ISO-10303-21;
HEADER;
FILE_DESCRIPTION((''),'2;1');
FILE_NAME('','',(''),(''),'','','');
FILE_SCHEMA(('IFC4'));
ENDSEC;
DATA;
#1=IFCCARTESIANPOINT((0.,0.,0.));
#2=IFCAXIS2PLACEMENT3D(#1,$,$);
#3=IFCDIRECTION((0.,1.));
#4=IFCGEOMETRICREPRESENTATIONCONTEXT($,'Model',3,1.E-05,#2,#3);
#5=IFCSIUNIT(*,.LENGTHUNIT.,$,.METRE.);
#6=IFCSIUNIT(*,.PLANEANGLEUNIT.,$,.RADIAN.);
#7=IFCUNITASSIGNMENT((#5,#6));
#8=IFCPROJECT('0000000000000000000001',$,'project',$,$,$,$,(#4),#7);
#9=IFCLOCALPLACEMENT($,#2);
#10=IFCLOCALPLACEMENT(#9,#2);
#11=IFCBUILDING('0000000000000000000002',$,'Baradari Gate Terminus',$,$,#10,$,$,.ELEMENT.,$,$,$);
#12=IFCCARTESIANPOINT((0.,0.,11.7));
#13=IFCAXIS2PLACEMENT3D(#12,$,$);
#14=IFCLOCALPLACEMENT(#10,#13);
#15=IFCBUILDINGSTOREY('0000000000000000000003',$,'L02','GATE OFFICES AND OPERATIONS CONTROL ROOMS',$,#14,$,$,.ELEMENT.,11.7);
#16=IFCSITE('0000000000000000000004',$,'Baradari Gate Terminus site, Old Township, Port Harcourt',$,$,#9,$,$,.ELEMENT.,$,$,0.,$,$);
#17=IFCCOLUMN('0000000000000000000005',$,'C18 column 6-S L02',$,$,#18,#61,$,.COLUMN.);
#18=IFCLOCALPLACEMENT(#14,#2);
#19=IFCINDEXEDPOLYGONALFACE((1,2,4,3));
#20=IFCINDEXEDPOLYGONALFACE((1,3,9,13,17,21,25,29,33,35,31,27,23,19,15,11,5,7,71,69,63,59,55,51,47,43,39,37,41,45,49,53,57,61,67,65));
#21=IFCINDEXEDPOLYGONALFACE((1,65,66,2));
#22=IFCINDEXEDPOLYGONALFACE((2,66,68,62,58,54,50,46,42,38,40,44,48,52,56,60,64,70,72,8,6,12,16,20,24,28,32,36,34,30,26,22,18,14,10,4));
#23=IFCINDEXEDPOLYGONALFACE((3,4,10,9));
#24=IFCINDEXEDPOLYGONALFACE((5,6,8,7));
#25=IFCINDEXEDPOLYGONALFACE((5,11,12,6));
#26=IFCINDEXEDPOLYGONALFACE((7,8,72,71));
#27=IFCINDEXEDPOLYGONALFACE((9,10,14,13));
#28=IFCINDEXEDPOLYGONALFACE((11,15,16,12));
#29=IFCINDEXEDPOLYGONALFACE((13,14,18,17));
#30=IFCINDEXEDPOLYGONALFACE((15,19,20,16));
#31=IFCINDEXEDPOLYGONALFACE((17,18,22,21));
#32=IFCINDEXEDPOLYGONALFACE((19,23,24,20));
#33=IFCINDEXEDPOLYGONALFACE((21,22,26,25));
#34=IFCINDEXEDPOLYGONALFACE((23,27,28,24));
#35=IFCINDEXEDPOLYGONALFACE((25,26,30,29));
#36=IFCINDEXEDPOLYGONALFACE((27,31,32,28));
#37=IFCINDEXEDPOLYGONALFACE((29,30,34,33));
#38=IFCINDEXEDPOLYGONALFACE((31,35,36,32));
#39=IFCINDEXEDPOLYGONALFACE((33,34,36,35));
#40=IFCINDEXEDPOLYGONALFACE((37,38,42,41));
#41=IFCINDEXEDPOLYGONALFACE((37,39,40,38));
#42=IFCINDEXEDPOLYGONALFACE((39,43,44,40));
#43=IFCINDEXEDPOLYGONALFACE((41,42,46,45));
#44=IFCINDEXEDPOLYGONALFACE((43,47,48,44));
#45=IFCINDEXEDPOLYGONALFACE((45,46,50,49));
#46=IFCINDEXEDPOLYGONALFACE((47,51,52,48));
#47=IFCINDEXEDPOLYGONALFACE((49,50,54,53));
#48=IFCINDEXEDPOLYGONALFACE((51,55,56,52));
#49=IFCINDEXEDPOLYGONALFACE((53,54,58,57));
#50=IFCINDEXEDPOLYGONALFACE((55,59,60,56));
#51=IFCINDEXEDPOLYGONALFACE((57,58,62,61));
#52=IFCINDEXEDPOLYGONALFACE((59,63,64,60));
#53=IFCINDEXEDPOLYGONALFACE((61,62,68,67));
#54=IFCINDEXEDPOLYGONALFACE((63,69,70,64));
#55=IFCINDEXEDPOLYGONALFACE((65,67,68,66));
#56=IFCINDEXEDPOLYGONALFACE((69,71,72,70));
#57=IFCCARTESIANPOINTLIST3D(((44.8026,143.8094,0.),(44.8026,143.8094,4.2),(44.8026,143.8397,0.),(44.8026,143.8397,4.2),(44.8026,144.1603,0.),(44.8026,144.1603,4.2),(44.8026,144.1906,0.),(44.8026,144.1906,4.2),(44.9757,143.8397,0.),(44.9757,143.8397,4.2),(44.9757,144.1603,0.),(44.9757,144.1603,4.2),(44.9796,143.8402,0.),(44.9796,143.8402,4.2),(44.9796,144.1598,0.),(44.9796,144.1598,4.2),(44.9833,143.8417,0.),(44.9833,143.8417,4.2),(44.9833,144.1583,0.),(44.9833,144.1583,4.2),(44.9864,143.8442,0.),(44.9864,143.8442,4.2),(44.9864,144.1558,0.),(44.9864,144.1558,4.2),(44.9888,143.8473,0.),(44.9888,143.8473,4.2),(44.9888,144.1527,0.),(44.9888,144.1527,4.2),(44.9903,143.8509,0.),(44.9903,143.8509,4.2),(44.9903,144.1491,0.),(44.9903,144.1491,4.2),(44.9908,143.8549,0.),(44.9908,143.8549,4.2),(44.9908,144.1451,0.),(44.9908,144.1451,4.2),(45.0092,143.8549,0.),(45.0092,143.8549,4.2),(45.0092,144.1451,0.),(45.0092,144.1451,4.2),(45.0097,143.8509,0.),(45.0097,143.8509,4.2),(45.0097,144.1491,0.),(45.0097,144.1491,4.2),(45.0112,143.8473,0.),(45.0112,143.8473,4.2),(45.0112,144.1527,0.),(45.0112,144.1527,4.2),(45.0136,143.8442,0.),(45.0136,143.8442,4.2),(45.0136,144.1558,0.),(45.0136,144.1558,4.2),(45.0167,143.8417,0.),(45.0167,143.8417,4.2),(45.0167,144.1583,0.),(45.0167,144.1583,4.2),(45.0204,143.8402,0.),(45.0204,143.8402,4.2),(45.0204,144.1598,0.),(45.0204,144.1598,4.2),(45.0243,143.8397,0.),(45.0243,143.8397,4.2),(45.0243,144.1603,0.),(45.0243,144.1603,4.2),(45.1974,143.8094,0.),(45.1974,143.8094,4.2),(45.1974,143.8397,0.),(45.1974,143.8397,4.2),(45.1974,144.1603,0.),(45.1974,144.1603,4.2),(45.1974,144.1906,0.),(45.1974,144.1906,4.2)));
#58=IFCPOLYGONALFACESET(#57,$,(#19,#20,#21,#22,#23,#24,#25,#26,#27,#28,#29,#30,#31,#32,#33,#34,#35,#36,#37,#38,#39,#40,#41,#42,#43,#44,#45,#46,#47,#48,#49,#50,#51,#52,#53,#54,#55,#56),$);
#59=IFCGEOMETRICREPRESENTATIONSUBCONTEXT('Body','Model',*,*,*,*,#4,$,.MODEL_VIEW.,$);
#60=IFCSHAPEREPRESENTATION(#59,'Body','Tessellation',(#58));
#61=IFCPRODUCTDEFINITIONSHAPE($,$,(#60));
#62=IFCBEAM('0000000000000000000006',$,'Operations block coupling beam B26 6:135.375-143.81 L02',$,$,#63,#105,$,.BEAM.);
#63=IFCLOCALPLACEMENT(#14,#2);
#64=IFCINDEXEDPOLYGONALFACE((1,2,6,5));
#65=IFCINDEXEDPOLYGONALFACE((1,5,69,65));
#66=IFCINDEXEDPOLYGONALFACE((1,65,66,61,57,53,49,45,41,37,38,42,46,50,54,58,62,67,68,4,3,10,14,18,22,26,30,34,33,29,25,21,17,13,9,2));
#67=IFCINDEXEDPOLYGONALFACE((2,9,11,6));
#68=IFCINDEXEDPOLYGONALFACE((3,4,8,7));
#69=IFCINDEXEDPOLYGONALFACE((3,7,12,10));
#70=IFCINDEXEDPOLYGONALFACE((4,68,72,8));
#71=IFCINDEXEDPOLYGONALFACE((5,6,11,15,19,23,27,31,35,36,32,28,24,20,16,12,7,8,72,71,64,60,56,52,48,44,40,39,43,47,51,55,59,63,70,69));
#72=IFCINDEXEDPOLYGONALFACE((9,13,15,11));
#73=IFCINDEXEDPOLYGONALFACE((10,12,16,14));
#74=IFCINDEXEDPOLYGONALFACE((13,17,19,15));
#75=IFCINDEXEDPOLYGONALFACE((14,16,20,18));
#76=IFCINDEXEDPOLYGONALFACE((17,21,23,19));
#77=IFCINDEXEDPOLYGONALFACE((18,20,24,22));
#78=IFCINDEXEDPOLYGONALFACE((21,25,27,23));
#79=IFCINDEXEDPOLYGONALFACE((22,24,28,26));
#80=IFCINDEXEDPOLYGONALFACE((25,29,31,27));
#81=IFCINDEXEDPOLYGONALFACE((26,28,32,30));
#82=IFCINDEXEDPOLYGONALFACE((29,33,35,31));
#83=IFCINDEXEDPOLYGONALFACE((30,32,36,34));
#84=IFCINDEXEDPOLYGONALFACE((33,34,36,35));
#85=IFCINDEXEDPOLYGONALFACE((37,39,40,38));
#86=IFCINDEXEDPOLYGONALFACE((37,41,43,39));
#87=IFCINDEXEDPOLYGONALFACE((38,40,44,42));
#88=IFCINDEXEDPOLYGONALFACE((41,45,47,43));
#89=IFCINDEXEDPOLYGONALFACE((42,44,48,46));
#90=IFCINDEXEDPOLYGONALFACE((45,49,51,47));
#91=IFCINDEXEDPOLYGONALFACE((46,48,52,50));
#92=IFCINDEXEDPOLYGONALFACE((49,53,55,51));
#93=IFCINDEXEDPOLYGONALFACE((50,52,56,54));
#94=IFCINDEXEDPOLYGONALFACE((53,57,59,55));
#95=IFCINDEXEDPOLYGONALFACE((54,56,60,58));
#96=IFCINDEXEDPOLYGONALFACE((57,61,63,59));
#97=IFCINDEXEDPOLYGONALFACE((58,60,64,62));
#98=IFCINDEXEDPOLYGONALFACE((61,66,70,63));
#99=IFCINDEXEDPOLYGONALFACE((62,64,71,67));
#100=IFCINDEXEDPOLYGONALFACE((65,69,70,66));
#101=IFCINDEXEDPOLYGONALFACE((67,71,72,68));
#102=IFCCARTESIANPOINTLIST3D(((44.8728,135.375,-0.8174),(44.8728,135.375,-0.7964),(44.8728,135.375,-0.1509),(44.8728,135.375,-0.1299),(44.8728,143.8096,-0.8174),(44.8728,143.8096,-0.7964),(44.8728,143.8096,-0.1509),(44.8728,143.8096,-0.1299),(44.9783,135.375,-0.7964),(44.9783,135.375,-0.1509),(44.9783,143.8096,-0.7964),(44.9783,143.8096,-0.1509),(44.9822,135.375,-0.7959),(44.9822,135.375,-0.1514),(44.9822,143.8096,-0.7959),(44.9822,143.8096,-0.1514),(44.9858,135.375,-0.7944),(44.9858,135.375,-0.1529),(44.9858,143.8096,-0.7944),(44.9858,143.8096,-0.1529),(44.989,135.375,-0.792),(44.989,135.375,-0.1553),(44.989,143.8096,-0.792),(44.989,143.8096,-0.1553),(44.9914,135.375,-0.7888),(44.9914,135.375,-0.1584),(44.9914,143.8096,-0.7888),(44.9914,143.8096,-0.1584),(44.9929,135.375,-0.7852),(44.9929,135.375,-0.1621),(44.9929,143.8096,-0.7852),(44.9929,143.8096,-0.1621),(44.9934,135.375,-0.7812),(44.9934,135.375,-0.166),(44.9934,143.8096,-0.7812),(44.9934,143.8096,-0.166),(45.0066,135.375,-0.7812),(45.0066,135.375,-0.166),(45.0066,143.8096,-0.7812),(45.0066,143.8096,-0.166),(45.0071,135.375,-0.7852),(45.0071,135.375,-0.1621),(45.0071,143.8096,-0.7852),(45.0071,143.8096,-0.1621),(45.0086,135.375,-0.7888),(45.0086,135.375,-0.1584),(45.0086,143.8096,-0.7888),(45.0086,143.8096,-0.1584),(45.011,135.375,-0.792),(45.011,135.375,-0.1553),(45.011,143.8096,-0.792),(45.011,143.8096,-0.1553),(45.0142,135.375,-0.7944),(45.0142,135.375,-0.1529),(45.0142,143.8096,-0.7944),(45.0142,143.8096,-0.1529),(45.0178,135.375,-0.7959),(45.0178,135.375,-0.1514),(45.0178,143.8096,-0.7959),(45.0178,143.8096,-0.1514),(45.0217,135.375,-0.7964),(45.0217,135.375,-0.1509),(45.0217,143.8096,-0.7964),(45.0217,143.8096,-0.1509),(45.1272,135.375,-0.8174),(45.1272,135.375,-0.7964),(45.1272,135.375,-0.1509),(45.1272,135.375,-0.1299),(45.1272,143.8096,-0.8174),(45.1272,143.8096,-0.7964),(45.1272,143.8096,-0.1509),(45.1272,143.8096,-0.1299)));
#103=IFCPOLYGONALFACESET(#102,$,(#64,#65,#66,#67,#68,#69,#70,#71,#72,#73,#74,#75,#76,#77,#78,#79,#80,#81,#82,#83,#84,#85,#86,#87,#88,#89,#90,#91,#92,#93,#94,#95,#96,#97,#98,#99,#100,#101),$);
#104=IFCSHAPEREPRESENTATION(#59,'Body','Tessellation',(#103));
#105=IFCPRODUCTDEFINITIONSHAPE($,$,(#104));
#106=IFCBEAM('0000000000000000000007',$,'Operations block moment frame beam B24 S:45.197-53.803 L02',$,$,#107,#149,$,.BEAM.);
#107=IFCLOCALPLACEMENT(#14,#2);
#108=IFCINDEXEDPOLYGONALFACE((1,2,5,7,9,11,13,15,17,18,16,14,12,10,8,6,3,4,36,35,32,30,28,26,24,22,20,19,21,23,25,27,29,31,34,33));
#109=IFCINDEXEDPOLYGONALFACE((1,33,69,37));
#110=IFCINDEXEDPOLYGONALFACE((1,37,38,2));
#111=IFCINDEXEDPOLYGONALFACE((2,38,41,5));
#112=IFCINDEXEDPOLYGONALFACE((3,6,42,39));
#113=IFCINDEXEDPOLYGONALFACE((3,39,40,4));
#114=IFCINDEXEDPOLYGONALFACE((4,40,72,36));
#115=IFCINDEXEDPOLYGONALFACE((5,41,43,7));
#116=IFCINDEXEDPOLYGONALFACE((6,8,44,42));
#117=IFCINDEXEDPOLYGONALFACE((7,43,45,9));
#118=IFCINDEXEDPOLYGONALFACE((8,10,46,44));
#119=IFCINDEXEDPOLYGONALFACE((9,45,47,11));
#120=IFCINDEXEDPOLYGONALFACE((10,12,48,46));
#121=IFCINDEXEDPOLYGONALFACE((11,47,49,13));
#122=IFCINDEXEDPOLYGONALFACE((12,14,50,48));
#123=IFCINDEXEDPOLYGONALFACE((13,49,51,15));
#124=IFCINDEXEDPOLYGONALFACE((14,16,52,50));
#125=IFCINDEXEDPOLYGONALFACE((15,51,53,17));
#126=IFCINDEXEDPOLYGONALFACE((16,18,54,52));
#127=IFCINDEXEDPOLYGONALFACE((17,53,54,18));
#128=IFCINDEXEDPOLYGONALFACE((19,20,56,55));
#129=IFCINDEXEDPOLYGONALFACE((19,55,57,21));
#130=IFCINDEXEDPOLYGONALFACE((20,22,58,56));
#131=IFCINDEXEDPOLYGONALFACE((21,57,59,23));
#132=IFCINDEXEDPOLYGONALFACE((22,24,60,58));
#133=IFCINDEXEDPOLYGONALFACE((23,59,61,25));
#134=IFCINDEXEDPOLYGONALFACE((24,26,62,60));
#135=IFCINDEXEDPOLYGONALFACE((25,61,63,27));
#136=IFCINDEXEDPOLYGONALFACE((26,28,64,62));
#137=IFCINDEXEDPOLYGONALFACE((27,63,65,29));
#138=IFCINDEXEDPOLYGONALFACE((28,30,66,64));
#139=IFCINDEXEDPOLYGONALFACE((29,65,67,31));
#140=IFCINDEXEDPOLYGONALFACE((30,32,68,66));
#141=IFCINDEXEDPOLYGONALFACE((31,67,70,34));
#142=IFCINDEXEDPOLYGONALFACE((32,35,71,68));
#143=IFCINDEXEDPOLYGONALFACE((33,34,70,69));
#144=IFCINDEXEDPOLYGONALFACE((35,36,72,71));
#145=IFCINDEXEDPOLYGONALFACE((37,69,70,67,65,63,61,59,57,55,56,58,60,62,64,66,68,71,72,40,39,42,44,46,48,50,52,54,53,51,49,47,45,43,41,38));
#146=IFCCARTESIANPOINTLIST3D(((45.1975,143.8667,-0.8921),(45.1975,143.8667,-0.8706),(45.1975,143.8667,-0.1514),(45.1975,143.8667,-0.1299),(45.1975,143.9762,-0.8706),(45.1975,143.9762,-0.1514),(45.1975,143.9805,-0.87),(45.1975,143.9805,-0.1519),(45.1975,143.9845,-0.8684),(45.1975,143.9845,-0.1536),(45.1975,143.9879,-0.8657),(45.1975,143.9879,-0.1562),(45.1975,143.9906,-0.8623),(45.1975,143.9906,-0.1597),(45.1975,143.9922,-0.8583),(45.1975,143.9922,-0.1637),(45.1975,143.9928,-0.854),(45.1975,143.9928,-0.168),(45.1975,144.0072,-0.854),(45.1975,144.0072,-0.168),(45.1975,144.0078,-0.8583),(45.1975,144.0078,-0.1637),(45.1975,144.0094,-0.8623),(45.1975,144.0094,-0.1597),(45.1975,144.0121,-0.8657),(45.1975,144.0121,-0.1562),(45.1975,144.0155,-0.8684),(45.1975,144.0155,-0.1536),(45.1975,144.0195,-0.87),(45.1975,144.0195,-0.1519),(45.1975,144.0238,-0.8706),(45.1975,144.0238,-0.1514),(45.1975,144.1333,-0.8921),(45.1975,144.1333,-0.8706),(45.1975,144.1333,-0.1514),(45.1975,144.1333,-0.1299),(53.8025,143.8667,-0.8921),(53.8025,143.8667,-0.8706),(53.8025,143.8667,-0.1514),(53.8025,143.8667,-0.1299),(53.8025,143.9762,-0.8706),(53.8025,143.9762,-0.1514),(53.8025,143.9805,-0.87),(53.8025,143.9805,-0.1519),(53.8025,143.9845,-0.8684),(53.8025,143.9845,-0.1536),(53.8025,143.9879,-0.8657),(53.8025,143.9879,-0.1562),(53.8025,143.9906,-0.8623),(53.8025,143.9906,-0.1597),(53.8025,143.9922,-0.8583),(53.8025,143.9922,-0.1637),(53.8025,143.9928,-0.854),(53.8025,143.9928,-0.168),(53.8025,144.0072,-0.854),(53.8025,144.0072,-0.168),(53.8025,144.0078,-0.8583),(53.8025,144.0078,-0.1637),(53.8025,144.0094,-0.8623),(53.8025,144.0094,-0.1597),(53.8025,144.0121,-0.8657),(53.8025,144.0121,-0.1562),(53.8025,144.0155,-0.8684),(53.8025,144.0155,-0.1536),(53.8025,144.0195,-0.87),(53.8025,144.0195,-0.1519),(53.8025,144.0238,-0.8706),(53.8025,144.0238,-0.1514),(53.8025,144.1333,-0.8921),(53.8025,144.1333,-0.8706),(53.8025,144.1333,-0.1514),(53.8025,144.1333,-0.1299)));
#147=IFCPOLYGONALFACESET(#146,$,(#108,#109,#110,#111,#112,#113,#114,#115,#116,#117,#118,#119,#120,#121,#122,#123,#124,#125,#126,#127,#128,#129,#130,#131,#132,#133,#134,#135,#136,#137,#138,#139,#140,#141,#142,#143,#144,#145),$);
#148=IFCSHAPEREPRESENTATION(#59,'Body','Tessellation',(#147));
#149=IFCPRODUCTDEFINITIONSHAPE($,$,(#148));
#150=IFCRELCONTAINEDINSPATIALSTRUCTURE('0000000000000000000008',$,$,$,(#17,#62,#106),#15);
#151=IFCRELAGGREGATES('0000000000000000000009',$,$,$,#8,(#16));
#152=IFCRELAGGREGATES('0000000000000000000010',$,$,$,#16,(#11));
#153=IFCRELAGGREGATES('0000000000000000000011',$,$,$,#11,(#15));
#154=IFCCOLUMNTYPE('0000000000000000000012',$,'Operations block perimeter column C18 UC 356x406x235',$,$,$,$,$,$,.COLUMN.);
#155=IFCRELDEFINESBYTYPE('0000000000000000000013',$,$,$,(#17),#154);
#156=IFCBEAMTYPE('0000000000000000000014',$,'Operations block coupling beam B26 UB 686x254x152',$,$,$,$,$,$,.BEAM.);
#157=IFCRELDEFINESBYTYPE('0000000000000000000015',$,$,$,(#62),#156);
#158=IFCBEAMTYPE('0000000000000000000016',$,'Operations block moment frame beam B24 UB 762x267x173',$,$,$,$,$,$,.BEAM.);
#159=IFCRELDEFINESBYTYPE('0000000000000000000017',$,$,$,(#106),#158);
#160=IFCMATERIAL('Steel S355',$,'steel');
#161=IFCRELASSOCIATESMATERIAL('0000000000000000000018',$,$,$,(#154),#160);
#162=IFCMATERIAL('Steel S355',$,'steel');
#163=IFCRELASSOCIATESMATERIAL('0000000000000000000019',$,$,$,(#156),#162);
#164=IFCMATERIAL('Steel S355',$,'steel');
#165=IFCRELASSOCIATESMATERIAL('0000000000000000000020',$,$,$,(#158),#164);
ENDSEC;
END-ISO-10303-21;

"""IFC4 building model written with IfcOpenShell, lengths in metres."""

from ifc_helpers import new_model, si_unit, direction, frame, origin, origin_2d, place, context, subcontext, project, spatial, i_section, extrude, material, material_profile, profile_set, type_object, element, save


model = new_model("IFC4")

# Units and contexts
model_context = context("Model", 3, precision=1e-05, world=origin(), true_north=direction((0.0, 1.0)))
body_context = subcontext(model_context, "Body", "Model", "MODEL_VIEW")
ifc_project = project(units=[si_unit("LENGTHUNIT", "METRE"), si_unit("PLANEANGLEUNIT", "RADIAN")], contexts=[model_context])

# Site, building, storey
site_placement = place(None, origin())
site = spatial("IfcSite", under=ifc_project, at=site_placement, Name="Baradari Gate Terminus site, Old Township, Port Harcourt", CompositionType="ELEMENT", RefElevation=0.0)
building_placement = place(site_placement, origin())
building = spatial("IfcBuilding", under=site, at=building_placement, Name="Baradari Gate Terminus", CompositionType="ELEMENT")
storey_placement = place(building_placement, frame((0.0, 0.0, 11.7)))
storey = spatial("IfcBuildingStorey", under=building, at=storey_placement, Name="L02", Description="GATE OFFICES AND OPERATIONS CONTROL ROOMS", CompositionType="ELEMENT", Elevation=11.7)

# Column
ifc_material_1 = material(Name="Steel S355", Category="steel")
ifc_material_profile_1 = material_profile(ifc_material_1, i_section(OverallWidth=0.3948, OverallDepth=0.3811, WebThickness=0.0183, FlangeThickness=0.0303, FilletRadius=0.0151, at=origin_2d()), Name="UC 356x406x235")
ifc_profile_set_1 = profile_set([ifc_material_profile_1], Name="Steel S355")
column_type = type_object("IfcColumnType", Name="Operations block perimeter column C18 UC 356x406x235", PredefinedType="COLUMN", material=ifc_profile_set_1)
column_placement = place(storey_placement, frame((45.0, 144.0, 0.0), z_axis=(0.0, 0.0, 1.0), x_axis=(1.0, 0.0, 0.0)))
element("IfcColumn", 1, at=column_placement, inside=storey, type_object=column_type, Name="C18 column 6-S L02", PredefinedType="COLUMN", context=body_context, shape_type="SweptSolid", body=[
    extrude(i_section(OverallWidth=0.3948, OverallDepth=0.3811, WebThickness=0.0183, FlangeThickness=0.0303, FilletRadius=0.0151, at=origin_2d()), origin(), (0.0, 0.0, 1.0), 4.2),
])

# Beams
ifc_material_2 = material(Name="Steel S355", Category="steel")
ifc_material_profile_2 = material_profile(ifc_material_2, i_section(OverallWidth=0.2544, OverallDepth=0.6875, WebThickness=0.0132, FlangeThickness=0.021, FilletRadius=0.0151, at=origin_2d()), Name="UB 686x254x152")
ifc_profile_set_2 = profile_set([ifc_material_profile_2], Name="Steel S355")
beam_type_1 = type_object("IfcBeamType", Name="Operations block coupling beam B26 UB 686x254x152", PredefinedType="BEAM", material=ifc_profile_set_2)
beam_1_placement = place(storey_placement, frame((45.0, 135.375, -0.4736), z_axis=(0.0, 1.0, 0.0), x_axis=(-1.0, 0.0, 0.0)))
element("IfcBeam", 2, at=beam_1_placement, inside=storey, type_object=beam_type_1, Name="Operations block coupling beam B26 6:135.375-143.81 L02", PredefinedType="BEAM", context=body_context, shape_type="SweptSolid", body=[
    extrude(i_section(OverallWidth=0.2544, OverallDepth=0.6875, WebThickness=0.0132, FlangeThickness=0.021, FilletRadius=0.0151, at=origin_2d()), origin(), (0.0, 0.0, 1.0), 8.4346),
])
ifc_material_3 = material(Name="Steel S355", Category="steel")
ifc_material_profile_3 = material_profile(ifc_material_3, i_section(OverallWidth=0.2666, OverallDepth=0.7622, WebThickness=0.0144, FlangeThickness=0.0215, FilletRadius=0.0166, at=origin_2d()), Name="UB 762x267x173")
ifc_profile_set_3 = profile_set([ifc_material_profile_3], Name="Steel S355")
beam_type_2 = type_object("IfcBeamType", Name="Operations block moment frame beam B24 UB 762x267x173", PredefinedType="BEAM", material=ifc_profile_set_3)
beam_2_placement = place(storey_placement, frame((45.1975, 144.0, -0.511), z_axis=(1.0, 0.0, 0.0), x_axis=(0.0, 1.0, 0.0)))
element("IfcBeam", 3, at=beam_2_placement, inside=storey, type_object=beam_type_2, Name="Operations block moment frame beam B24 S:45.197-53.803 L02", PredefinedType="BEAM", context=body_context, shape_type="SweptSolid", body=[
    extrude(i_section(OverallWidth=0.2666, OverallDepth=0.7622, WebThickness=0.0144, FlangeThickness=0.0215, FilletRadius=0.0166, at=origin_2d()), origin(), (0.0, 0.0, 1.0), 8.605),
])

save(model, "model.ifc")
